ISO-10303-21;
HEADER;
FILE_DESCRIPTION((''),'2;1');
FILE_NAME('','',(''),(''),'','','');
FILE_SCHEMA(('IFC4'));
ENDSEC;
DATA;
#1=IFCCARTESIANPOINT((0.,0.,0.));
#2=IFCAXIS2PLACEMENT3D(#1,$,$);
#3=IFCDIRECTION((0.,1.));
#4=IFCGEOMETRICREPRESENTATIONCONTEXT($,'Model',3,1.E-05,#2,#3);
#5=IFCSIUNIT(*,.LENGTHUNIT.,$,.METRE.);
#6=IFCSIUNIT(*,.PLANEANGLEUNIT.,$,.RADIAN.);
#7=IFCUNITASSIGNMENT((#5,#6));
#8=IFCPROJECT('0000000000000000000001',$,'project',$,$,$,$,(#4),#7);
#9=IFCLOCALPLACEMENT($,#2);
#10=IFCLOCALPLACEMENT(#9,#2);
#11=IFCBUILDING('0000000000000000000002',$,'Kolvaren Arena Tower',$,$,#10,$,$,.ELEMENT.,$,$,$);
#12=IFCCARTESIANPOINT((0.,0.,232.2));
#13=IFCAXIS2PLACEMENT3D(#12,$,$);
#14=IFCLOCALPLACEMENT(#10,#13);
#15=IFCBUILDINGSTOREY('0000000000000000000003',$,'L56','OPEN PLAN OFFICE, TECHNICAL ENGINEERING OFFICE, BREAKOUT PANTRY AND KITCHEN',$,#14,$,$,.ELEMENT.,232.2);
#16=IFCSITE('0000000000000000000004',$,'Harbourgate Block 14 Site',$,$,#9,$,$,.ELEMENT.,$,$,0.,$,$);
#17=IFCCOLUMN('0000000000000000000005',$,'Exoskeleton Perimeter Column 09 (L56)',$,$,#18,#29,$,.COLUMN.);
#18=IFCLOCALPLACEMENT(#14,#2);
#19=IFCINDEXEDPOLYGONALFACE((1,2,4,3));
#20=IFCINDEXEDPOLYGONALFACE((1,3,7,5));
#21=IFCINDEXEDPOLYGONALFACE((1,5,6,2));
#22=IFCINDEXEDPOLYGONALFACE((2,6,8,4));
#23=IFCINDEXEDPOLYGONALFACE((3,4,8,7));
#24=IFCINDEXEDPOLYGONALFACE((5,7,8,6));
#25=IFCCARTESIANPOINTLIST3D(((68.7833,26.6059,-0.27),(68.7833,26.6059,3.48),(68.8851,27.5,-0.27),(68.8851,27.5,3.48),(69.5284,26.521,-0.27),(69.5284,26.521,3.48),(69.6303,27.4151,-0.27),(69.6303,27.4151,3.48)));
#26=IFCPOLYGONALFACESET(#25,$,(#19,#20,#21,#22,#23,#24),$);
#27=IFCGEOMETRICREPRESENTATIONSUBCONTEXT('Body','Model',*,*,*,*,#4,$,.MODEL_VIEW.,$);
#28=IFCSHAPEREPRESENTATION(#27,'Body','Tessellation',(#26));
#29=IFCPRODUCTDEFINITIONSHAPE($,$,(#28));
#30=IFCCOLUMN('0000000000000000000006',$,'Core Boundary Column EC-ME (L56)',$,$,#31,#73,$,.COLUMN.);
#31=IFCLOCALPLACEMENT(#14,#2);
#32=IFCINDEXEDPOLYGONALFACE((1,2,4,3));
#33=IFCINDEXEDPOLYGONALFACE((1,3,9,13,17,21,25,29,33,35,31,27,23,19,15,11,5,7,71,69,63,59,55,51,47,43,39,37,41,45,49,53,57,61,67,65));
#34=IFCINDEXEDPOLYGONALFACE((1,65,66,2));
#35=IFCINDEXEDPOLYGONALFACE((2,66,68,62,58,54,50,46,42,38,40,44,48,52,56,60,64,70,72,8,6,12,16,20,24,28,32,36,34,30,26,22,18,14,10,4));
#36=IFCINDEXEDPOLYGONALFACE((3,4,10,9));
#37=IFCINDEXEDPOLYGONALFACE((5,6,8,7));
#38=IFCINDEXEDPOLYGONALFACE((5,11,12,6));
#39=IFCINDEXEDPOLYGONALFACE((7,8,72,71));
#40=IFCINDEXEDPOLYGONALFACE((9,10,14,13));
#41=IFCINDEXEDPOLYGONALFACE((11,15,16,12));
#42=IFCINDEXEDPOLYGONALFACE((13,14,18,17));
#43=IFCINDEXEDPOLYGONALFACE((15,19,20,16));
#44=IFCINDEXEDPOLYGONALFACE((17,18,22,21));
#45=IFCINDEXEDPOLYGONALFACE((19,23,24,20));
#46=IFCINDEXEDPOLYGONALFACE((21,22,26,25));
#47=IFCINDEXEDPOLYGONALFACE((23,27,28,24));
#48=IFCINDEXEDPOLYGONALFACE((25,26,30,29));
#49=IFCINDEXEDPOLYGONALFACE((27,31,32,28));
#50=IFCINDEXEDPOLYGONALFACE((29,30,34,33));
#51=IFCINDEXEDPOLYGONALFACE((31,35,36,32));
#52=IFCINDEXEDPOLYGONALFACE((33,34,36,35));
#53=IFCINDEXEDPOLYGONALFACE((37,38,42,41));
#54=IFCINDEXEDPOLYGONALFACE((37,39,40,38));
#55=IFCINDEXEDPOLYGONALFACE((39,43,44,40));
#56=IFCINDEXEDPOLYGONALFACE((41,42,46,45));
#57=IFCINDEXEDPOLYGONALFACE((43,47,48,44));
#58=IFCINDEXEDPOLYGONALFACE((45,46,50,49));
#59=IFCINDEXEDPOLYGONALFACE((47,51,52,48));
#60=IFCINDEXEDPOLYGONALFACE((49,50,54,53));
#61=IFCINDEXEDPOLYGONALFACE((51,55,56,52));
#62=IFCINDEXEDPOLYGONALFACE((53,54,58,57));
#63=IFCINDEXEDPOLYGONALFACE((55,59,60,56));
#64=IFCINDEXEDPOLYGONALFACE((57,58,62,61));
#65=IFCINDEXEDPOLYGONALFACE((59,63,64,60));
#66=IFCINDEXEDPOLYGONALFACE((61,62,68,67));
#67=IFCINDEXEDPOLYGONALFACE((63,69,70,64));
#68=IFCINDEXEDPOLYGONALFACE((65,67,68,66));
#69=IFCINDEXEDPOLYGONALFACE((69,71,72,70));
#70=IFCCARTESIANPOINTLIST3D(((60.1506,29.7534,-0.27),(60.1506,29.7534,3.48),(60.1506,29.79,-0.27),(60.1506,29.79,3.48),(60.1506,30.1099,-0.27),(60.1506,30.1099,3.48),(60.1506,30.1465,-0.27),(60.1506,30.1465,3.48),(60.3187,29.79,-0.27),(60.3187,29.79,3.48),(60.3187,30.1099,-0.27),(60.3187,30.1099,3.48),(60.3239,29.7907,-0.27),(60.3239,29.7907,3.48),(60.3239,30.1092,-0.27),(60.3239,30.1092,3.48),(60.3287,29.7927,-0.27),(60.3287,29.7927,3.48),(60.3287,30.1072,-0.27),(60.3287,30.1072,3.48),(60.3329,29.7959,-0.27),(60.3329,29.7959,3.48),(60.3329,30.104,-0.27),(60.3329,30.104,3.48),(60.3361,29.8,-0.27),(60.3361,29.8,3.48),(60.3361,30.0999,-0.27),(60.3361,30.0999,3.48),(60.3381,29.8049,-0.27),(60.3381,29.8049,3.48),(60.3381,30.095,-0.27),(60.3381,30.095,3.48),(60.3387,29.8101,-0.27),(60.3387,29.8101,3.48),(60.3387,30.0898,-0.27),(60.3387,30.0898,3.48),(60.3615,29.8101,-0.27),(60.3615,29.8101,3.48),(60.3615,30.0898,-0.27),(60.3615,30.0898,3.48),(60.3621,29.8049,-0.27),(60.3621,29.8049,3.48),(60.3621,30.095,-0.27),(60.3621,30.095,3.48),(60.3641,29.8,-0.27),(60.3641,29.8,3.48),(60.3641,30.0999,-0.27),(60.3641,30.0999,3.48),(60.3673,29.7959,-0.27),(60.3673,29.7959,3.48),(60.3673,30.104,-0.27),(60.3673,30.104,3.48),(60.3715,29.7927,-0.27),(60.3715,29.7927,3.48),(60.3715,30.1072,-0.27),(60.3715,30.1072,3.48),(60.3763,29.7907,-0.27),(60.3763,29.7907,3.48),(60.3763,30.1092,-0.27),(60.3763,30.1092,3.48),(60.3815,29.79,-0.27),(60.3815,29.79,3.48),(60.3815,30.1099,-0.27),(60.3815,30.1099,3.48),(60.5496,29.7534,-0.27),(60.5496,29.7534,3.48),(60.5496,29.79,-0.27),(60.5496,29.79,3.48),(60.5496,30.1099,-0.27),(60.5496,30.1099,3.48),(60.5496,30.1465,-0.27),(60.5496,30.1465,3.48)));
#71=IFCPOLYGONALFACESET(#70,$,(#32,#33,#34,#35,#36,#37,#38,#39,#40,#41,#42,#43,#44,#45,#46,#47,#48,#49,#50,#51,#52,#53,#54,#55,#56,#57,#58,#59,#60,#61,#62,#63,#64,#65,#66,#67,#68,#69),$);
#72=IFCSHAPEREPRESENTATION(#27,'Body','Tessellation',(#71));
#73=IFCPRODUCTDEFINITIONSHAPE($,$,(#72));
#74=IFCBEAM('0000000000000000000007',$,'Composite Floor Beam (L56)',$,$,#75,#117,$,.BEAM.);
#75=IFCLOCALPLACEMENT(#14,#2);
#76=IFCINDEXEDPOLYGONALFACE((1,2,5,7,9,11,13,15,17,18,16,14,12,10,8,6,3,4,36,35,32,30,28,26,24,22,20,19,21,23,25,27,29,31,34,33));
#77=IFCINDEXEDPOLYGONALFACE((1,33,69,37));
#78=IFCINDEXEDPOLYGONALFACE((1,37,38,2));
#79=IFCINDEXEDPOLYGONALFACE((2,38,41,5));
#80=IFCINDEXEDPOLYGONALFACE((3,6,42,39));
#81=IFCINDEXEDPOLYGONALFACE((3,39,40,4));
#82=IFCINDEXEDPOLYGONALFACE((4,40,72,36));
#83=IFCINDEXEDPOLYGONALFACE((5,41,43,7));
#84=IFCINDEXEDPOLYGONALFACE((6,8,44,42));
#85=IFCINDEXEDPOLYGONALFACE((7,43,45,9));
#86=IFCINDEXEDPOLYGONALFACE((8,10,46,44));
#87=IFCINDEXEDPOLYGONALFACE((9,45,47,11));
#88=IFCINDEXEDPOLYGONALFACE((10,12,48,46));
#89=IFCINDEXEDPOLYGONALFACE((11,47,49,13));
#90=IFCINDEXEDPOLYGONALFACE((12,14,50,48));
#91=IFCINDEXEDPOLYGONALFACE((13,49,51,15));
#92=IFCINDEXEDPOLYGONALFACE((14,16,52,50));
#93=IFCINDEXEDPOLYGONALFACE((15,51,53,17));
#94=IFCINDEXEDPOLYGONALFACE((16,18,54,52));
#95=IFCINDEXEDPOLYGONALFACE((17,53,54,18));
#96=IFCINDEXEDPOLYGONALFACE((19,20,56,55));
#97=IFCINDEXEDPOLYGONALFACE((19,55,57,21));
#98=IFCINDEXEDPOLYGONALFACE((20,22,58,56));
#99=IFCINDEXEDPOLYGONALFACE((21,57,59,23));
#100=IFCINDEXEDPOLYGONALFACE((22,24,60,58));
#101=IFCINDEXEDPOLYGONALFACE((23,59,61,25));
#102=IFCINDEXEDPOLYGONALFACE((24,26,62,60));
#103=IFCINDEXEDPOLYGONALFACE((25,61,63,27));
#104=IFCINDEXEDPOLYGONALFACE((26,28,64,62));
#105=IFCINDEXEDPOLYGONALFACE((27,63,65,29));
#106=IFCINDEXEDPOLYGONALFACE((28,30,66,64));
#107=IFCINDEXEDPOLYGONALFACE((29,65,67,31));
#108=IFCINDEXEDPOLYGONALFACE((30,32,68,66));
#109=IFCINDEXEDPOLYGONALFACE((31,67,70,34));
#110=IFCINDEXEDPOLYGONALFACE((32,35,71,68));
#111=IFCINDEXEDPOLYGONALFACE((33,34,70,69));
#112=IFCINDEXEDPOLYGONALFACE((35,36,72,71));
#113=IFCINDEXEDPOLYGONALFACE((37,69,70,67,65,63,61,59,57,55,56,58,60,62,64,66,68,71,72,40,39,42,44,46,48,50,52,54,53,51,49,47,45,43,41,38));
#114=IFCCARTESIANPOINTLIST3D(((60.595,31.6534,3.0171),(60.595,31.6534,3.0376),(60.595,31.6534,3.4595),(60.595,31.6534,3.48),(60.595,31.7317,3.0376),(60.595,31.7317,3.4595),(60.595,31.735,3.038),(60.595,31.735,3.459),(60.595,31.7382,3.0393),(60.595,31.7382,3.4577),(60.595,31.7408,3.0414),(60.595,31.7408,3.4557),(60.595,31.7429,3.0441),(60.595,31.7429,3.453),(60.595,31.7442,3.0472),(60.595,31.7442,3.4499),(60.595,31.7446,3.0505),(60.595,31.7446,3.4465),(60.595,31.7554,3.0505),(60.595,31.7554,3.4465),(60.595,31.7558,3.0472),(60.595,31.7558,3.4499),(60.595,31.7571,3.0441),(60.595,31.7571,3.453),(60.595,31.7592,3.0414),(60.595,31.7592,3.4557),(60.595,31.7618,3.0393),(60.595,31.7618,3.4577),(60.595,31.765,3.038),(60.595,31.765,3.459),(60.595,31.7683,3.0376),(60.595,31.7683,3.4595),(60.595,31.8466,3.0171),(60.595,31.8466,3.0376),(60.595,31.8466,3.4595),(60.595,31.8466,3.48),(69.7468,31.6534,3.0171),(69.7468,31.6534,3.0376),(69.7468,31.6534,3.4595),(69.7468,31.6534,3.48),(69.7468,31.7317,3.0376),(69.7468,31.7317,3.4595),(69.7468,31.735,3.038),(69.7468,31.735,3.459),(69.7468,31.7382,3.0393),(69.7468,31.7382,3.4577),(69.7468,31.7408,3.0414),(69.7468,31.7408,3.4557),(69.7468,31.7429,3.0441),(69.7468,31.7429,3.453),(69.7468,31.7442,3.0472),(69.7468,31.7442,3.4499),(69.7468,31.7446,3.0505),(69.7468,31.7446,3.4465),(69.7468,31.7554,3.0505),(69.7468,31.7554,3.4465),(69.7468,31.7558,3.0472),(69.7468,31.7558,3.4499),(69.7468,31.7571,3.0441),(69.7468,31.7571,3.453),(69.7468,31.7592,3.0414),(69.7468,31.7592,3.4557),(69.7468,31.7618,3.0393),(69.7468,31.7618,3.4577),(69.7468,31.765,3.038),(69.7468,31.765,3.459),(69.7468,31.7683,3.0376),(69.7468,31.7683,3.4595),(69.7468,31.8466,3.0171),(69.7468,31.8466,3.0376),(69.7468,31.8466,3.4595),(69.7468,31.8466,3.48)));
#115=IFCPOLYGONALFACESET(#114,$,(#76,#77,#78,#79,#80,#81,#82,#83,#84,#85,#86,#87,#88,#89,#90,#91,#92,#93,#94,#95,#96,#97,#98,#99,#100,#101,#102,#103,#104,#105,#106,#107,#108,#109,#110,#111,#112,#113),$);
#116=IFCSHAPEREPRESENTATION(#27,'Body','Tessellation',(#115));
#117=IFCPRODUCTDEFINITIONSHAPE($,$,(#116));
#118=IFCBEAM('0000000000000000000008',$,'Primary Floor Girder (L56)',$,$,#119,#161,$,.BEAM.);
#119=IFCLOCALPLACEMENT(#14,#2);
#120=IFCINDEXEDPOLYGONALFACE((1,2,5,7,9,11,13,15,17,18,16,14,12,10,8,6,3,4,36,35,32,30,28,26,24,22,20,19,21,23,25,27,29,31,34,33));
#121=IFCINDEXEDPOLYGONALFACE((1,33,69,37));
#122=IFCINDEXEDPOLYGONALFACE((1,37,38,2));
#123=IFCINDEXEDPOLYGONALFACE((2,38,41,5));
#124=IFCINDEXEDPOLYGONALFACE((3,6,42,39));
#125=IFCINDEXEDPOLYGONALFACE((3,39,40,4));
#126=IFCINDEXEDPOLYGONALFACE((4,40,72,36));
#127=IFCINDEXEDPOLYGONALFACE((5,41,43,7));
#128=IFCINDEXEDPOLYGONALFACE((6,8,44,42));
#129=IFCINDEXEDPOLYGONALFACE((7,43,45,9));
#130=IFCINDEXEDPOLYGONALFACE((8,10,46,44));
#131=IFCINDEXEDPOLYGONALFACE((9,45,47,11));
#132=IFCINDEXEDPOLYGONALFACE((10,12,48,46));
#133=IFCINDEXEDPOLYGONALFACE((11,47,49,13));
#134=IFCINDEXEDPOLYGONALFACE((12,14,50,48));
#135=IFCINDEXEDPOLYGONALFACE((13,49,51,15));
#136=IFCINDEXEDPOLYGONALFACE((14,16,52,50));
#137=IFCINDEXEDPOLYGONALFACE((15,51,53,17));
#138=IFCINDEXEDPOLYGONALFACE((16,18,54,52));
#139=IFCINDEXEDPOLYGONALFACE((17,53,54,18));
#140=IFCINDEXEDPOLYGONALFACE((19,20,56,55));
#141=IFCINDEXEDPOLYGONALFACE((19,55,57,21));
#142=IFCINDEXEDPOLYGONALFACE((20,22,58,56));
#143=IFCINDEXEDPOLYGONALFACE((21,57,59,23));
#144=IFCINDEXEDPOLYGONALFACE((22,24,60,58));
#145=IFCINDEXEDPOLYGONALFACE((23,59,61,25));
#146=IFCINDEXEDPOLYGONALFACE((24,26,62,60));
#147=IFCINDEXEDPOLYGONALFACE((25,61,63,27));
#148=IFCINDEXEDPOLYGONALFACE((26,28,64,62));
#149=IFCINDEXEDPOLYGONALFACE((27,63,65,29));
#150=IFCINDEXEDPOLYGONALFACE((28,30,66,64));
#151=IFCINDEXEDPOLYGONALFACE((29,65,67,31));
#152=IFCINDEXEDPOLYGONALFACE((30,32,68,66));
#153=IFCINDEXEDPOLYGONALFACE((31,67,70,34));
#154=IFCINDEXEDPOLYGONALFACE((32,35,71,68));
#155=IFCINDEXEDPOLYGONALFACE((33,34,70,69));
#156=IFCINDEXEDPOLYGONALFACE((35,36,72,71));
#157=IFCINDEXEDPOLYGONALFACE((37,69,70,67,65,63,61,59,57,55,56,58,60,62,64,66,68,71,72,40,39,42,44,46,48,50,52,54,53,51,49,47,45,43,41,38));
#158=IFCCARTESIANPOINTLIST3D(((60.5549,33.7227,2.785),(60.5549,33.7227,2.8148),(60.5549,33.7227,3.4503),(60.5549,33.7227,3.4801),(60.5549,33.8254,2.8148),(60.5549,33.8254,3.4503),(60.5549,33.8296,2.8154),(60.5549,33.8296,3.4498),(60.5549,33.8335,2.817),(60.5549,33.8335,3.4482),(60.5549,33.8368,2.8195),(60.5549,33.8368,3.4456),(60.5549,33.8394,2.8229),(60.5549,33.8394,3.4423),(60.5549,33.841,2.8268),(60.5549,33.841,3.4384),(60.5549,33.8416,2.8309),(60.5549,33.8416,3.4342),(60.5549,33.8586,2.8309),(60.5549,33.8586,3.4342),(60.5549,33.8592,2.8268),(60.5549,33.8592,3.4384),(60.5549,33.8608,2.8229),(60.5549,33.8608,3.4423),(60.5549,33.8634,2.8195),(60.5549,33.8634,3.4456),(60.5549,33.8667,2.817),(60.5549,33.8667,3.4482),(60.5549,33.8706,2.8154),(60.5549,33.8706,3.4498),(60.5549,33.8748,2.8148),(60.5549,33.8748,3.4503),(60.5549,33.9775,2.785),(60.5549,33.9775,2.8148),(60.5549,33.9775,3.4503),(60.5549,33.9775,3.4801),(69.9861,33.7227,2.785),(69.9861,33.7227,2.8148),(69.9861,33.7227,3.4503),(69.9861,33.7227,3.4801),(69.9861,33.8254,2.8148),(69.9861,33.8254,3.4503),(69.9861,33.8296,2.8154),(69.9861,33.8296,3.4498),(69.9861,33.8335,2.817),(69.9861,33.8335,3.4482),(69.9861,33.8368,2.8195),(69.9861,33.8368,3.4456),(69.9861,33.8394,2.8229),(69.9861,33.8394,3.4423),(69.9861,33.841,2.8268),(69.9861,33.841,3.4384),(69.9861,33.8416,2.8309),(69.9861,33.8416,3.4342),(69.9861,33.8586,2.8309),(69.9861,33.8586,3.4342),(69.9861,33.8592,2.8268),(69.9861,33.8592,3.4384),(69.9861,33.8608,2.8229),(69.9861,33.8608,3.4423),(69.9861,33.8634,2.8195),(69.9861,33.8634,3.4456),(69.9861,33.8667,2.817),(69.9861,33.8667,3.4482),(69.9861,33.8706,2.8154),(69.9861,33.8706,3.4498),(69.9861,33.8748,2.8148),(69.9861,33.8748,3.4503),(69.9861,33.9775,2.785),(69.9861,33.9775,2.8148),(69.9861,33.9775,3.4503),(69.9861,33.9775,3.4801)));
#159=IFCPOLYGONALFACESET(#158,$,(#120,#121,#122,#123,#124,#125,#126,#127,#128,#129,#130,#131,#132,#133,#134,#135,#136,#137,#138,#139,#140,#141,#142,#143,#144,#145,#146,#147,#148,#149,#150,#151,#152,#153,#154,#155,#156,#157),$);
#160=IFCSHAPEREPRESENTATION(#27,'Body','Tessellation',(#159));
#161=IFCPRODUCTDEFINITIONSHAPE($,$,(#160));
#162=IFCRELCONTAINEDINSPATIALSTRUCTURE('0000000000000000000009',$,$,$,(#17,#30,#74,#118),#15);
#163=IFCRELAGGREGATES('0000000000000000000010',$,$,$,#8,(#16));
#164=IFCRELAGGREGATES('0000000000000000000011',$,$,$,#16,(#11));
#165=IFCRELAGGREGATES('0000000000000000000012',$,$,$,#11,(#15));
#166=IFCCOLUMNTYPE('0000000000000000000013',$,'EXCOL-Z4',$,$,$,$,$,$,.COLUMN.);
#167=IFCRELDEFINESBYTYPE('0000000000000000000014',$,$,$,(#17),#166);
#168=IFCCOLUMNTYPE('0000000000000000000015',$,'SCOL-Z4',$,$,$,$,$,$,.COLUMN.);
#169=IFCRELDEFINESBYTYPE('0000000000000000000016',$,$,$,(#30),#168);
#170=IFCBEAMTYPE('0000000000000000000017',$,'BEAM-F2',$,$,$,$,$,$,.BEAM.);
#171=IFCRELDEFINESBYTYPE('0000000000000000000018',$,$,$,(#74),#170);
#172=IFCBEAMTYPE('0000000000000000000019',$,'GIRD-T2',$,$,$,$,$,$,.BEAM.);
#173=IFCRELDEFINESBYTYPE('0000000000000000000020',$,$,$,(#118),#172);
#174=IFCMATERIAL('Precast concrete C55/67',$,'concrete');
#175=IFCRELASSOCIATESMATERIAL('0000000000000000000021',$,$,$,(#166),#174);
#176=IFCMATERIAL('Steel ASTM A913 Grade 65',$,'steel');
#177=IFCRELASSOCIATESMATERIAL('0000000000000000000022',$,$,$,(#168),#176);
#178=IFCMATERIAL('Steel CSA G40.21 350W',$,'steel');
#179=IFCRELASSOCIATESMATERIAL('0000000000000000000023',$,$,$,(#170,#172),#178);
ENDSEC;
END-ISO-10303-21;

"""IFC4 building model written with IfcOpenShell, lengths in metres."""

from ifc_helpers import new_model, si_unit, direction, frame, origin, origin_2d, place, context, subcontext, project, spatial, rectangle, i_section, extrude, material, material_profile, profile_set, type_object, element, save


model = new_model("IFC4")

# Units and contexts
model_context = context("Model", 3, precision=1e-05, world=origin(), true_north=direction((0.0, 1.0)))
body_context = subcontext(model_context, "Body", "Model", "MODEL_VIEW")
ifc_project = project(units=[si_unit("LENGTHUNIT", "METRE"), si_unit("PLANEANGLEUNIT", "RADIAN")], contexts=[model_context])

# Site, building, storey
site_placement = place(None, origin())
site = spatial("IfcSite", under=ifc_project, at=site_placement, Name="Harbourgate Block 14 Site", CompositionType="ELEMENT", RefElevation=0.0)
building_placement = place(site_placement, origin())
building = spatial("IfcBuilding", under=site, at=building_placement, Name="Kolvaren Arena Tower", CompositionType="ELEMENT")
storey_placement = place(building_placement, frame((0.0, 0.0, 232.2)))
storey = spatial("IfcBuildingStorey", under=building, at=storey_placement, Name="L56", Description="OPEN PLAN OFFICE, TECHNICAL ENGINEERING OFFICE, BREAKOUT PANTRY AND KITCHEN", CompositionType="ELEMENT", Elevation=232.2)

# Columns
ifc_material_1 = material(Name="Precast concrete C55/67", Category="concrete")
ifc_material_profile_1 = material_profile(ifc_material_1, rectangle(XDim=0.8999, YDim=0.75, at=origin_2d()), Name="RC-900x750")
ifc_profile_set_1 = profile_set([ifc_material_profile_1], Name="Precast concrete C55/67")
column_type_1 = type_object("IfcColumnType", Name="EXCOL-Z4", PredefinedType="COLUMN", material=ifc_profile_set_1)
column_1_placement = place(storey_placement, frame((69.2068, 27.0105, -0.27), z_axis=(0.0, 0.0, 1.0), x_axis=(0.113203, 0.993572, 0.0)))
element("IfcColumn", 1, at=column_1_placement, inside=storey, type_object=column_type_1, Name="Exoskeleton Perimeter Column 09 (L56)", PredefinedType="COLUMN", context=body_context, shape_type="SweptSolid", body=[
    extrude(rectangle(XDim=0.8999, YDim=0.75, at=origin_2d()), origin(), (0.0, 0.0, 1.0), 3.75),
])
ifc_material_2 = material(Name="Steel ASTM A913 Grade 65", Category="steel")
ifc_material_profile_2 = material_profile(ifc_material_2, i_section(OverallWidth=0.3989, OverallDepth=0.3931, WebThickness=0.0227, FlangeThickness=0.0366, FilletRadius=0.02, at=origin_2d()), Name="W360x287")
ifc_profile_set_2 = profile_set([ifc_material_profile_2], Name="Steel ASTM A913 Grade 65")
column_type_2 = type_object("IfcColumnType", Name="SCOL-Z4", PredefinedType="COLUMN", material=ifc_profile_set_2)
column_2_placement = place(storey_placement, frame((60.3501, 29.95, -0.27), z_axis=(0.0, 0.0, 1.0), x_axis=(1.0, 0.0, 0.0)))
element("IfcColumn", 2, at=column_2_placement, inside=storey, type_object=column_type_2, Name="Core Boundary Column EC-ME (L56)", PredefinedType="COLUMN", context=body_context, shape_type="SweptSolid", body=[
    extrude(i_section(OverallWidth=0.3989, OverallDepth=0.3931, WebThickness=0.0227, FlangeThickness=0.0366, FilletRadius=0.02, at=origin_2d()), origin(), (0.0, 0.0, 1.0), 3.75),
])

# Beams
ifc_material_3 = material(Name="Steel CSA G40.21 350W", Category="steel")
ifc_material_profile_3 = material_profile(ifc_material_3, i_section(OverallWidth=0.1931, OverallDepth=0.4629, WebThickness=0.0107, FlangeThickness=0.0205, FilletRadius=0.0129, at=origin_2d()), Name="W460x113")
ifc_profile_set_3 = profile_set([ifc_material_profile_3], Name="Steel CSA G40.21 350W")
beam_type_1 = type_object("IfcBeamType", Name="BEAM-F2", PredefinedType="BEAM", material=ifc_profile_set_3)
beam_1_placement = place(storey_placement, frame((60.595, 31.75, 3.2485), z_axis=(1.0, 0.0, 0.0), x_axis=(0.0, 1.0, 0.0)))
element("IfcBeam", 3, at=beam_1_placement, inside=storey, type_object=beam_type_1, Name="Composite Floor Beam (L56)", PredefinedType="BEAM", context=body_context, shape_type="SweptSolid", body=[
    extrude(i_section(OverallWidth=0.1931, OverallDepth=0.4629, WebThickness=0.0107, FlangeThickness=0.0205, FilletRadius=0.0129, at=origin_2d()), origin(), (0.0, 0.0, 1.0), 9.1519),
])
ifc_material_profile_4 = material_profile(ifc_material_3, i_section(OverallWidth=0.2549, OverallDepth=0.6951, WebThickness=0.0171, FlangeThickness=0.0298, FilletRadius=0.0161, at=origin_2d()), Name="W690x217")
ifc_profile_set_4 = profile_set([ifc_material_profile_4], Name="Steel CSA G40.21 350W")
beam_type_2 = type_object("IfcBeamType", Name="GIRD-T2", PredefinedType="BEAM", material=ifc_profile_set_4)
beam_2_placement = place(storey_placement, frame((60.5549, 33.8501, 3.1326), z_axis=(1.0, 0.0, 0.0), x_axis=(0.0, 1.0, 0.0)))
element("IfcBeam", 4, at=beam_2_placement, inside=storey, type_object=beam_type_2, Name="Primary Floor Girder (L56)", PredefinedType="BEAM", context=body_context, shape_type="SweptSolid", body=[
    extrude(i_section(OverallWidth=0.2549, OverallDepth=0.6951, WebThickness=0.0171, FlangeThickness=0.0298, FilletRadius=0.0161, at=origin_2d()), origin(), (0.0, 0.0, 1.0), 9.4312),
])

save(model, "model.ifc")
